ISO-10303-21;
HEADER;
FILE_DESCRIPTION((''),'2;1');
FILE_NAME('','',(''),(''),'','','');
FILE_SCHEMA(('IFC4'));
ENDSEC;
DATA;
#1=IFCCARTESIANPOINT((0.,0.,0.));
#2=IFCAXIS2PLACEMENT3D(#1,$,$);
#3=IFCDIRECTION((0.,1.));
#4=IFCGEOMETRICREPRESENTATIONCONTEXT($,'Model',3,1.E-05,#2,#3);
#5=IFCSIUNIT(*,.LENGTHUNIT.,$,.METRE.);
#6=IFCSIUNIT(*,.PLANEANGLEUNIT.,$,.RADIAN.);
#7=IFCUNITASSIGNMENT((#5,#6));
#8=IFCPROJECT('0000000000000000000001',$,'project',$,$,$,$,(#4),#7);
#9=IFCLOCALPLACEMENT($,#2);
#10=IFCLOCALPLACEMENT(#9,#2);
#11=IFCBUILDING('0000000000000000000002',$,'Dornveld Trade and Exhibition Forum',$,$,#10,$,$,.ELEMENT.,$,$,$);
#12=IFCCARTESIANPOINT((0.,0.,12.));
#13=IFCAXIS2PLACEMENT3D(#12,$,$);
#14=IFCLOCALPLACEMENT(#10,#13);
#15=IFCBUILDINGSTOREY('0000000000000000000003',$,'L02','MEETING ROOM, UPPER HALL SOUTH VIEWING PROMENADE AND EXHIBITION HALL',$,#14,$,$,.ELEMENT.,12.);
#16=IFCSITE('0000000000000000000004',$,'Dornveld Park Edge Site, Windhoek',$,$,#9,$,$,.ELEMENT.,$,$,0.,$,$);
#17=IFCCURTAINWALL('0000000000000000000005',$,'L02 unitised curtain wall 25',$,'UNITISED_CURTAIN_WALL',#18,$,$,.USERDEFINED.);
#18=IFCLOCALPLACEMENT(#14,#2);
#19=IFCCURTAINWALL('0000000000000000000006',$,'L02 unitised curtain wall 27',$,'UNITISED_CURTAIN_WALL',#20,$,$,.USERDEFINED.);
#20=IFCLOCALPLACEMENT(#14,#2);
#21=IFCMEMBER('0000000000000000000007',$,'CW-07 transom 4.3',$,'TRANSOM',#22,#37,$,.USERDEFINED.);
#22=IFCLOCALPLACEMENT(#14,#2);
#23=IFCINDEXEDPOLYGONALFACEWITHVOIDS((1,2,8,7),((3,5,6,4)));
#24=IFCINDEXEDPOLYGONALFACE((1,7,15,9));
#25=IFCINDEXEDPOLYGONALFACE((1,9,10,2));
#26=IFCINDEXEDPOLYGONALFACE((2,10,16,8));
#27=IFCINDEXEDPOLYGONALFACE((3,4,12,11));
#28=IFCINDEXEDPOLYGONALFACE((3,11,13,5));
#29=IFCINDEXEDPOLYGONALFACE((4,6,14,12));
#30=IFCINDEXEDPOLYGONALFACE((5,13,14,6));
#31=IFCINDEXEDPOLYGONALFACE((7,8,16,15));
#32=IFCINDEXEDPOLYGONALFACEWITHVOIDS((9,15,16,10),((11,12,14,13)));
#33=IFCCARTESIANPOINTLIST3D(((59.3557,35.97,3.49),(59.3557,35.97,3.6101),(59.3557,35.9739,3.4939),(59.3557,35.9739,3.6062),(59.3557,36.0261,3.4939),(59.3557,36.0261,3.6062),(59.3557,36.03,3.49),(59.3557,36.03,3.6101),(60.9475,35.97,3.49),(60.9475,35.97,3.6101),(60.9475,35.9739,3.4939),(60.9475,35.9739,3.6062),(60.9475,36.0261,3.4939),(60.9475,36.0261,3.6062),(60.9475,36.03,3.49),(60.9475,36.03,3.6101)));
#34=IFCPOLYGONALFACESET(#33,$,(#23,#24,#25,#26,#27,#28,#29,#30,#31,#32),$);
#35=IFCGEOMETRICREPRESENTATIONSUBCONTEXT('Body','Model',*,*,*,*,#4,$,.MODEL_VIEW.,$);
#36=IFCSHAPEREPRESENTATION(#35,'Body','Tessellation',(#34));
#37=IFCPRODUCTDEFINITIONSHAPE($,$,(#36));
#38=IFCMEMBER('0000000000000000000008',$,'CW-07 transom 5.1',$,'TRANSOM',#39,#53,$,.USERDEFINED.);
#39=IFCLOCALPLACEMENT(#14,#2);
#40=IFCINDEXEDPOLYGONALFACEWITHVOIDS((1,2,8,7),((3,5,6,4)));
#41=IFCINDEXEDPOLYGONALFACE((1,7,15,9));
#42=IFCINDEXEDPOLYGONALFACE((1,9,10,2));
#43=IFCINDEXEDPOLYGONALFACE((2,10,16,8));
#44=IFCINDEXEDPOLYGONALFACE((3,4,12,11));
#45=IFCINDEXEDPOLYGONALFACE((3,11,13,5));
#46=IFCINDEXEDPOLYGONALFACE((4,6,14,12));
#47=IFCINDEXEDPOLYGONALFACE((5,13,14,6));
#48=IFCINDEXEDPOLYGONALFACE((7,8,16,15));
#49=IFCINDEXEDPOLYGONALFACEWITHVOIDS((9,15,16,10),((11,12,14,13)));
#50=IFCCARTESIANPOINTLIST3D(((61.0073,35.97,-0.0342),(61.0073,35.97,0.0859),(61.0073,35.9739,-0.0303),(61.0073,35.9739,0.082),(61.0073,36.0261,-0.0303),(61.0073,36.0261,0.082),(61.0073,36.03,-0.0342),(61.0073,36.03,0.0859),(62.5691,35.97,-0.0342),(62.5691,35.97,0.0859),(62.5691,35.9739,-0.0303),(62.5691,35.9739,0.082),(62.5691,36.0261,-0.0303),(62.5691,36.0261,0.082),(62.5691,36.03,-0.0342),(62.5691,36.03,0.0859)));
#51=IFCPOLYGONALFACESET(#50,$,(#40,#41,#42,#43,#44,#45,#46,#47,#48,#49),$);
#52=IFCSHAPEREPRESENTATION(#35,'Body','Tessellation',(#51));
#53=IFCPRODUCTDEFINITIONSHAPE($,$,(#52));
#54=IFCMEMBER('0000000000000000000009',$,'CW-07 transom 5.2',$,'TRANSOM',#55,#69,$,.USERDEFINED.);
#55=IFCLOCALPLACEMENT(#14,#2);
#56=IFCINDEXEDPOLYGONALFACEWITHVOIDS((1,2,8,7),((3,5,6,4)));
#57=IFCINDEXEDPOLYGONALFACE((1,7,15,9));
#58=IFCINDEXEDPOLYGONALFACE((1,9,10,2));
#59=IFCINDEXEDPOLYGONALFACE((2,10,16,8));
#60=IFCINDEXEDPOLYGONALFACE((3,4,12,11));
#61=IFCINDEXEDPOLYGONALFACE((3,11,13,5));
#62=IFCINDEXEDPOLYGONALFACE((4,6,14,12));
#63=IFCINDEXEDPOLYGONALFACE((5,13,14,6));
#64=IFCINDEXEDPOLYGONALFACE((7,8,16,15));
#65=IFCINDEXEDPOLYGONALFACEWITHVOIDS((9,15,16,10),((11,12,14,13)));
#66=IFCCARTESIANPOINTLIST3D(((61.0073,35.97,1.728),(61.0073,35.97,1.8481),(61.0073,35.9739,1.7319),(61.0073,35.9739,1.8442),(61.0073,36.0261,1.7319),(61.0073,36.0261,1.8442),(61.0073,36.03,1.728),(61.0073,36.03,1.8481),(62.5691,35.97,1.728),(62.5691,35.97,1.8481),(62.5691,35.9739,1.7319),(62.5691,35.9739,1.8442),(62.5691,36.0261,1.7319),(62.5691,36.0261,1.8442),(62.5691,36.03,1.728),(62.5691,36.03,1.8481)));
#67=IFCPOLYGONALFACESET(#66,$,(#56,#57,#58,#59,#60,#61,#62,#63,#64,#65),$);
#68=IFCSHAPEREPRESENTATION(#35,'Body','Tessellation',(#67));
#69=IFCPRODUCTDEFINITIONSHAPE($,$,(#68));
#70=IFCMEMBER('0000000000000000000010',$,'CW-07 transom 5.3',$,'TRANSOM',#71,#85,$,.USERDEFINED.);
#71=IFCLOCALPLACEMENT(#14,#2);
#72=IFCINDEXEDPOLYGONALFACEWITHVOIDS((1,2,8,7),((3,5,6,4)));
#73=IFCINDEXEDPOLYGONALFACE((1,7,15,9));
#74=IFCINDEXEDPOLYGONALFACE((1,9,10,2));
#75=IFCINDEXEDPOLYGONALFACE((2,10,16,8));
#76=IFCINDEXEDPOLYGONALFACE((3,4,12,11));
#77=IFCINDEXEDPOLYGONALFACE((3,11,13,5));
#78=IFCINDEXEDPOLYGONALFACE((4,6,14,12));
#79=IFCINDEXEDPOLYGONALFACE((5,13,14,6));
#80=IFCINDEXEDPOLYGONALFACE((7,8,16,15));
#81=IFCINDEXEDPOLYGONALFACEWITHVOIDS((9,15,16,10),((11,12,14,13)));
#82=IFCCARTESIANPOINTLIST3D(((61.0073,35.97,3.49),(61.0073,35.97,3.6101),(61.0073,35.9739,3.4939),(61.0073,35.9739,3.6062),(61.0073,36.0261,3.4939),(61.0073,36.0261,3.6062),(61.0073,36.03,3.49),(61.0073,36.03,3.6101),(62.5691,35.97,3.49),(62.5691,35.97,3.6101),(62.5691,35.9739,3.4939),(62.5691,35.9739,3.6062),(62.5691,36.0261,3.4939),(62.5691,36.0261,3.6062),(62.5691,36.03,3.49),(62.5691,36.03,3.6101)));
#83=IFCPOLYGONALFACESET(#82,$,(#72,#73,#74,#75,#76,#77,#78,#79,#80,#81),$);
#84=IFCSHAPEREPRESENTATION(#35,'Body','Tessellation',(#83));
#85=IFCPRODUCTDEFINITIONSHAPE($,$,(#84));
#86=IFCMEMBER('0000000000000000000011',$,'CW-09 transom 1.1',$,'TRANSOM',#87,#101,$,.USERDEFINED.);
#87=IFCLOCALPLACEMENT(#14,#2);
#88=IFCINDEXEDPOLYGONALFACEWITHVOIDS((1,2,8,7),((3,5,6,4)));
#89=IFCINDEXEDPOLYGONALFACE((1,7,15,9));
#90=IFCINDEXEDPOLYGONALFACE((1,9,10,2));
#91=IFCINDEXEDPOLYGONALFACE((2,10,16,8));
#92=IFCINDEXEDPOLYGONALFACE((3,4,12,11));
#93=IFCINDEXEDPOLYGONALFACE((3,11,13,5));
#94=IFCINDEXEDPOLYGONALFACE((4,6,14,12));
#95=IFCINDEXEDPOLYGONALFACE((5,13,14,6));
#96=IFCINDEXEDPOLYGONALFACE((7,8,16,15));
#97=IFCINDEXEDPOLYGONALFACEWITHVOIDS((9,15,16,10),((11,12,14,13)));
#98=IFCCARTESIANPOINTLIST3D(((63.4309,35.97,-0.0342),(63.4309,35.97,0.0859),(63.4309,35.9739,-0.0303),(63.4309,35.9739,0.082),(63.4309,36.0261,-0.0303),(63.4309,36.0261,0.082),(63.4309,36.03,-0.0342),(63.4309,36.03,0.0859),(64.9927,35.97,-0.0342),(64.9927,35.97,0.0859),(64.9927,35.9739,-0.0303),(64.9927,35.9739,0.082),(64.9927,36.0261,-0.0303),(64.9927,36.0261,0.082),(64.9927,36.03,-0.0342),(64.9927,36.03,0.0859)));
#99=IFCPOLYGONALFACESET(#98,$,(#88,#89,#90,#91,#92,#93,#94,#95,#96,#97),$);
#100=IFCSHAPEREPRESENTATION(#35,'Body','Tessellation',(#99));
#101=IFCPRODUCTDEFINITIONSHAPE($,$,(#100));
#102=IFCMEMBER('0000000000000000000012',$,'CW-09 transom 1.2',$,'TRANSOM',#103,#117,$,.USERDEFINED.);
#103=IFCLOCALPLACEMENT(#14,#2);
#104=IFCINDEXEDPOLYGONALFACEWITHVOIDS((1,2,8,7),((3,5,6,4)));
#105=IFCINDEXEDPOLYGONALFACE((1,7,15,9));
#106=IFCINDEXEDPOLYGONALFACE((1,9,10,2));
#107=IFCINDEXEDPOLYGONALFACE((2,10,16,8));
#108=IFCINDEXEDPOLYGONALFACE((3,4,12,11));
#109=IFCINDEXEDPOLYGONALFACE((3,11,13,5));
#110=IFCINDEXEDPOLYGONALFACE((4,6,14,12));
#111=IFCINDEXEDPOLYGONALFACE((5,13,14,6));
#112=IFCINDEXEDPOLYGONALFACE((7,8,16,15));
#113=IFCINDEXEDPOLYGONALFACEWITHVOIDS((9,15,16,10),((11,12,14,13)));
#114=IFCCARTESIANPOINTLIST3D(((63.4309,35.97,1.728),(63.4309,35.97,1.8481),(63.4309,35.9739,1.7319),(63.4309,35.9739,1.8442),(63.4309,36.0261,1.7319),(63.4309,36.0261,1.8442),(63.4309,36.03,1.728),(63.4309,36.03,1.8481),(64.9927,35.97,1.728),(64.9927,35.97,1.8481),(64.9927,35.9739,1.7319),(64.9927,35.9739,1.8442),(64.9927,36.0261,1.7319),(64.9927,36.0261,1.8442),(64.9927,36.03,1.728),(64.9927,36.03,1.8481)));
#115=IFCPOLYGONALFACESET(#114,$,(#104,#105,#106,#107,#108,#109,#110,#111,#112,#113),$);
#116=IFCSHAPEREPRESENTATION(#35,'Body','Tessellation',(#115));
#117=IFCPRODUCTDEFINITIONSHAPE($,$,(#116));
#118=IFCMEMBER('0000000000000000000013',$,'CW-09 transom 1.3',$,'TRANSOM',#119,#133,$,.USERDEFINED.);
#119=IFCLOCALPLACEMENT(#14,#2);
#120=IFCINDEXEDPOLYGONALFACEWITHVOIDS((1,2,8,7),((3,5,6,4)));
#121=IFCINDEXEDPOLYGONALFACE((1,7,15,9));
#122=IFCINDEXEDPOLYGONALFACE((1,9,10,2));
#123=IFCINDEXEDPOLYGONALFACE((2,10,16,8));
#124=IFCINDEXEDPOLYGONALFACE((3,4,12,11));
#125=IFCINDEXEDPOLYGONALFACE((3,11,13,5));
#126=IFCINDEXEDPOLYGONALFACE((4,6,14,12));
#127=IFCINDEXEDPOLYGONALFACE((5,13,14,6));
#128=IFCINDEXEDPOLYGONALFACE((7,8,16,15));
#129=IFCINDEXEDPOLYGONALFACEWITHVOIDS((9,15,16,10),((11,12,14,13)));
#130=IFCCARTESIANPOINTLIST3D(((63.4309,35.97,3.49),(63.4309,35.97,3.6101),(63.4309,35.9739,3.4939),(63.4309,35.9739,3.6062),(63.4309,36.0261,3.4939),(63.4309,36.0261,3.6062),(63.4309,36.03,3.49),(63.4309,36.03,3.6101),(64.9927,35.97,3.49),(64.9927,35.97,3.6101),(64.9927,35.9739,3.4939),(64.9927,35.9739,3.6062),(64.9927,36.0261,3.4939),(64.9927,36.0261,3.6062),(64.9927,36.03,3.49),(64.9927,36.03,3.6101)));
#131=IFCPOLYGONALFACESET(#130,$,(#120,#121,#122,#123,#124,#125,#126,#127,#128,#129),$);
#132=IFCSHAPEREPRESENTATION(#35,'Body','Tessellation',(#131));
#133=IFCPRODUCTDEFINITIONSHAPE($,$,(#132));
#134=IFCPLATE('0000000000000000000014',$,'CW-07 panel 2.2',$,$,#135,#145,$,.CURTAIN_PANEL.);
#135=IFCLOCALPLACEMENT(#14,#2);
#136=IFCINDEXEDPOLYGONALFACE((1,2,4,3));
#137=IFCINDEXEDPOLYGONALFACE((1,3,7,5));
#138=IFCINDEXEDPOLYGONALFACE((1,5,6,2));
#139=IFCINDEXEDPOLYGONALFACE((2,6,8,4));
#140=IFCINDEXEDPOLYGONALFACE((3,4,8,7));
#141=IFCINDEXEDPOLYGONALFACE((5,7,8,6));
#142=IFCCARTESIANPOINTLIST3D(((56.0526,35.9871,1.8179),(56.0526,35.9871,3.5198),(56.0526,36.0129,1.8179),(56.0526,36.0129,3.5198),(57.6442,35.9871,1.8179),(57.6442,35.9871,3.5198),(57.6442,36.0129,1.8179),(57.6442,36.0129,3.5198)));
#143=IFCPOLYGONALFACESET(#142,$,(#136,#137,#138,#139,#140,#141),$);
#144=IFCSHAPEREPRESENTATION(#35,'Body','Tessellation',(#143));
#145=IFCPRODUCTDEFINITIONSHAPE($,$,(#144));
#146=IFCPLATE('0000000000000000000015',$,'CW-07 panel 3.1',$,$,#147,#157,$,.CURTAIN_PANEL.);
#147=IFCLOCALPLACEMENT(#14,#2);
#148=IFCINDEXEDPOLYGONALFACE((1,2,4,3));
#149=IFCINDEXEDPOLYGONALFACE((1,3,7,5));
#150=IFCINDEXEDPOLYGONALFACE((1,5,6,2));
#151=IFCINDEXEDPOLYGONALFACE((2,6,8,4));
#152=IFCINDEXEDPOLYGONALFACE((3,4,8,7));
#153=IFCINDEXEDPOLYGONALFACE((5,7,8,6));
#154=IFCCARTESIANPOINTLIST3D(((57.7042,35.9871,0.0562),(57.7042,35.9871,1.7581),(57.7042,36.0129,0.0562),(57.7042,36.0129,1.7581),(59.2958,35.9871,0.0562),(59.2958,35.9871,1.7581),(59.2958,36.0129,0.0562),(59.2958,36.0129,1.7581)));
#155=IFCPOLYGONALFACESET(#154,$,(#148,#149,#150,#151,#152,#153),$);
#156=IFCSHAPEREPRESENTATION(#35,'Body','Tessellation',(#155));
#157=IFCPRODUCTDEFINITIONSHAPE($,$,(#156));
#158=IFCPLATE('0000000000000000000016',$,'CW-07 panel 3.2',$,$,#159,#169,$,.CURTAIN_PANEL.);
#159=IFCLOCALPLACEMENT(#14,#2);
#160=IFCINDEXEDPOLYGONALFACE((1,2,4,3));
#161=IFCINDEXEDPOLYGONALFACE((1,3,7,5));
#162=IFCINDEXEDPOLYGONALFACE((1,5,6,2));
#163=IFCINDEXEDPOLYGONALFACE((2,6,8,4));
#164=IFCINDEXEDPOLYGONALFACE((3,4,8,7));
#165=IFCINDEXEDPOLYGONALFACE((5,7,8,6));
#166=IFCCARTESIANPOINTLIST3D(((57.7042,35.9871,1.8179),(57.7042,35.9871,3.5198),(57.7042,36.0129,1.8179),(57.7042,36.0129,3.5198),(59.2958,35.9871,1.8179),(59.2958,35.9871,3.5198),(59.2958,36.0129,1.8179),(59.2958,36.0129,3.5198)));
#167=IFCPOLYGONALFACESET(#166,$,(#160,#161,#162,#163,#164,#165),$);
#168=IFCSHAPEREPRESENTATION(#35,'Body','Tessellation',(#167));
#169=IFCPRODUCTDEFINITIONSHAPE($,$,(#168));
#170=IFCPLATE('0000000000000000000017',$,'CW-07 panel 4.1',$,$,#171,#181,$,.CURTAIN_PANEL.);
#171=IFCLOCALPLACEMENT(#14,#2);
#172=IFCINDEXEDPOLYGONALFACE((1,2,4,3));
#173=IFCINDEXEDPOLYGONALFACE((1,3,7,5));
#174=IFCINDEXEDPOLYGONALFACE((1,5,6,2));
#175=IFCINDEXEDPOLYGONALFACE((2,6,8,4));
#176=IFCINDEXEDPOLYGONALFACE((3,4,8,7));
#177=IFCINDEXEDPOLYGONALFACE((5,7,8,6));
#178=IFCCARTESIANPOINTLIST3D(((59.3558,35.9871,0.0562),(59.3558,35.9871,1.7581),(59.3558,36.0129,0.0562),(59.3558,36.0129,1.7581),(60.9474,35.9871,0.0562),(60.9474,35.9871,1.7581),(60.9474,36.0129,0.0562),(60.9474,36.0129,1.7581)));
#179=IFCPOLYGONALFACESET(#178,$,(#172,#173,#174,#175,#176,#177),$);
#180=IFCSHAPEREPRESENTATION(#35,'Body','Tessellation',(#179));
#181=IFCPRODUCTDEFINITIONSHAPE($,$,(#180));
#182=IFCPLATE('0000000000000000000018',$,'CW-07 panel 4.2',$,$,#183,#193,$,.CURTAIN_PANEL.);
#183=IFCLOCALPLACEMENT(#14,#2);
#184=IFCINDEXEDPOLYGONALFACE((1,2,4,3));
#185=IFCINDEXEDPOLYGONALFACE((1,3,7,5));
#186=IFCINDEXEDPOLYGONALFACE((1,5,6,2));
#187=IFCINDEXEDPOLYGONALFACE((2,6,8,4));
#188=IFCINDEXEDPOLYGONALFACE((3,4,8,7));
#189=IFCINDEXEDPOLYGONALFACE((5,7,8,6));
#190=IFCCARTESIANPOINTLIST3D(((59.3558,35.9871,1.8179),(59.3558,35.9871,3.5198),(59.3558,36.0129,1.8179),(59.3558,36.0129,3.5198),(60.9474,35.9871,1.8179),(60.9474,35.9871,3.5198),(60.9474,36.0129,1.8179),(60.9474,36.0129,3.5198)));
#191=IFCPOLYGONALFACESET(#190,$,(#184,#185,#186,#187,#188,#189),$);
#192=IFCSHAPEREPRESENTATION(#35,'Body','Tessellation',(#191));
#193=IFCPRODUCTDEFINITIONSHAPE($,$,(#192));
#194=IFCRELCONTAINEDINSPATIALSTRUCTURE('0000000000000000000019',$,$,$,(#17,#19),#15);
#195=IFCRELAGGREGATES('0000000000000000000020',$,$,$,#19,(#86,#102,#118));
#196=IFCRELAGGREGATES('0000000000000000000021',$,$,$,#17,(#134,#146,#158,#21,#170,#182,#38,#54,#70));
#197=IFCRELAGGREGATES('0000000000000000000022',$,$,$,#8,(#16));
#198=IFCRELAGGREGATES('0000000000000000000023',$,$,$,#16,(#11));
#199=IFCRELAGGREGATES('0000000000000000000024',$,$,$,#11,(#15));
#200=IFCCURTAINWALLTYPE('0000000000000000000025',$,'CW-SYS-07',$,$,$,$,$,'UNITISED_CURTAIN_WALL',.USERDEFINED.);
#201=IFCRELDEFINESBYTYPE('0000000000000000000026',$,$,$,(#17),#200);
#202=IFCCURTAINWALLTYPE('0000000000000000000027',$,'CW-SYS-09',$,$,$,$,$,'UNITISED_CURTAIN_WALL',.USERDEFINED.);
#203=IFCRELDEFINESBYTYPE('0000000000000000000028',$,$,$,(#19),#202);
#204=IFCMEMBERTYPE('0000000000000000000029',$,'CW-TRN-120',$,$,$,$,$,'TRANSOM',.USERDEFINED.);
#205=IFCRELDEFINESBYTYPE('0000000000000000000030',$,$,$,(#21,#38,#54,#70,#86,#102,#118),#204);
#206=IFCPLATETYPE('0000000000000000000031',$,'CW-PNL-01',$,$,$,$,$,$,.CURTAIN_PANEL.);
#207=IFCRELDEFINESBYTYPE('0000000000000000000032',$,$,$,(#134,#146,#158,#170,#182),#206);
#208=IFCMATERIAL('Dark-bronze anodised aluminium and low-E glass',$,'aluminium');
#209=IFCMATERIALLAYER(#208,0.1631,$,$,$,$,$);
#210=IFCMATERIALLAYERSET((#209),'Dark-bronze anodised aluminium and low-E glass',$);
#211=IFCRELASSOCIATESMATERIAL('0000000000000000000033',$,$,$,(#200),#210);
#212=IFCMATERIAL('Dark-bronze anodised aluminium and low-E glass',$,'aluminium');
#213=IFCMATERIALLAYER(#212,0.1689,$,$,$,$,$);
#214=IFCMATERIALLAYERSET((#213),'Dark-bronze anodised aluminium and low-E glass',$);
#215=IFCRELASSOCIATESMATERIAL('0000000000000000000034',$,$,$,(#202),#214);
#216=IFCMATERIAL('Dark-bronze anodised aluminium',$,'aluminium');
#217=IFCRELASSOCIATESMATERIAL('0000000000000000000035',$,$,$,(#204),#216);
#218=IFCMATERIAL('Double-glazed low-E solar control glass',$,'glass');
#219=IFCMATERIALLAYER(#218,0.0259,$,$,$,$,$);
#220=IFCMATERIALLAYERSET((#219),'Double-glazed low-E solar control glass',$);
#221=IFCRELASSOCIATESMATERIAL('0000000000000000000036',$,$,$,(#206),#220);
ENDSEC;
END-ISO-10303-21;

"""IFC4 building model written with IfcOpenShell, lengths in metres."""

from ifc_helpers import new_model, si_unit, direction, frame, origin, origin_2d, place, context, subcontext, project, spatial, rectangle, hollow_rectangle, extrude, material, layer, layer_set, material_profile, profile_set, type_object, element, aggregate, save


model = new_model("IFC4")

# Units and contexts
model_context = context("Model", 3, precision=1e-05, world=origin(), true_north=direction((0.0, 1.0)))
body_context = subcontext(model_context, "Body", "Model", "MODEL_VIEW")
ifc_project = project(units=[si_unit("LENGTHUNIT", "METRE"), si_unit("PLANEANGLEUNIT", "RADIAN")], contexts=[model_context])

# Site, building, storey
site_placement = place(None, origin())
site = spatial("IfcSite", under=ifc_project, at=site_placement, Name="Dornveld Park Edge Site, Windhoek", CompositionType="ELEMENT", RefElevation=0.0)
building_placement = place(site_placement, origin())
building = spatial("IfcBuilding", under=site, at=building_placement, Name="Dornveld Trade and Exhibition Forum", CompositionType="ELEMENT")
storey_placement = place(building_placement, frame((0.0, 0.0, 12.0)))
storey = spatial("IfcBuildingStorey", under=building, at=storey_placement, Name="L02", Description="MEETING ROOM, UPPER HALL SOUTH VIEWING PROMENADE AND EXHIBITION HALL", CompositionType="ELEMENT", Elevation=12.0)

# Curtain wall
ifc_material_1 = material(Name="Dark-bronze anodised aluminium and low-E glass", Category="aluminium")
ifc_layer_1 = layer(ifc_material_1, 0.1631)
ifc_layer_set_1 = layer_set([ifc_layer_1], Name="Dark-bronze anodised aluminium and low-E glass")
curtain_wall_type_1 = type_object("IfcCurtainWallType", Name="CW-SYS-07", ElementType="UNITISED_CURTAIN_WALL", PredefinedType="USERDEFINED", material=ifc_layer_set_1)
curtain_wall_1_placement = place(storey_placement, origin())
curtain_wall_1 = element("IfcCurtainWall", 1, at=curtain_wall_1_placement, inside=storey, type_object=curtain_wall_type_1, Name="L02 unitised curtain wall 25", ObjectType="UNITISED_CURTAIN_WALL", PredefinedType="USERDEFINED")

# Curtain wall
ifc_material_2 = material(Name="Dark-bronze anodised aluminium and low-E glass", Category="aluminium")
ifc_layer_2 = layer(ifc_material_2, 0.1689)
ifc_layer_set_2 = layer_set([ifc_layer_2], Name="Dark-bronze anodised aluminium and low-E glass")
curtain_wall_type_2 = type_object("IfcCurtainWallType", Name="CW-SYS-09", ElementType="UNITISED_CURTAIN_WALL", PredefinedType="USERDEFINED", material=ifc_layer_set_2)
curtain_wall_2_placement = place(storey_placement, origin())
curtain_wall_2 = element("IfcCurtainWall", 2, at=curtain_wall_2_placement, inside=storey, type_object=curtain_wall_type_2, Name="L02 unitised curtain wall 27", ObjectType="UNITISED_CURTAIN_WALL", PredefinedType="USERDEFINED")

# Members
ifc_material_3 = material(Name="Dark-bronze anodised aluminium", Category="aluminium")
ifc_material_profile_1 = material_profile(ifc_material_3, hollow_rectangle(XDim=0.0601, YDim=0.1201, WallThickness=0.0039, at=origin_2d()), Name="RHS 120x60x4")
ifc_profile_set_1 = profile_set([ifc_material_profile_1], Name="Dark-bronze anodised aluminium")
member_type_1 = type_object("IfcMemberType", Name="CW-TRN-120", ElementType="TRANSOM", PredefinedType="USERDEFINED", material=ifc_profile_set_1)
member_1_placement = place(storey_placement, frame((59.3557, 36.0, 3.55), z_axis=(1.0, 0.0, 0.0), x_axis=(0.0, 1.0, 0.0)))
member_1 = element("IfcMember", 3, at=member_1_placement, type_object=member_type_1, Name="CW-07 transom 4.3", ObjectType="TRANSOM", PredefinedType="USERDEFINED", context=body_context, shape_type="SweptSolid", body=[
    extrude(hollow_rectangle(XDim=0.0601, YDim=0.1201, WallThickness=0.0039, at=origin_2d()), origin(), (0.0, 0.0, 1.0), 1.5918),
])
member_2_placement = place(storey_placement, frame((61.0073, 36.0, 0.0259), z_axis=(1.0, 0.0, 0.0), x_axis=(0.0, 1.0, 0.0)))
member_2 = element("IfcMember", 4, at=member_2_placement, type_object=member_type_1, Name="CW-07 transom 5.1", ObjectType="TRANSOM", PredefinedType="USERDEFINED", context=body_context, shape_type="SweptSolid", body=[
    extrude(hollow_rectangle(XDim=0.0601, YDim=0.1201, WallThickness=0.0039, at=origin_2d()), origin(), (0.0, 0.0, 1.0), 1.5618),
])
member_3_placement = place(storey_placement, frame((61.0073, 36.0, 1.7881), z_axis=(1.0, 0.0, 0.0), x_axis=(0.0, 1.0, 0.0)))
member_3 = element("IfcMember", 5, at=member_3_placement, type_object=member_type_1, Name="CW-07 transom 5.2", ObjectType="TRANSOM", PredefinedType="USERDEFINED", context=body_context, shape_type="SweptSolid", body=[
    extrude(hollow_rectangle(XDim=0.0601, YDim=0.1201, WallThickness=0.0039, at=origin_2d()), origin(), (0.0, 0.0, 1.0), 1.5618),
])
member_4_placement = place(storey_placement, frame((61.0073, 36.0, 3.55), z_axis=(1.0, 0.0, 0.0), x_axis=(0.0, 1.0, 0.0)))
member_4 = element("IfcMember", 6, at=member_4_placement, type_object=member_type_1, Name="CW-07 transom 5.3", ObjectType="TRANSOM", PredefinedType="USERDEFINED", context=body_context, shape_type="SweptSolid", body=[
    extrude(hollow_rectangle(XDim=0.0601, YDim=0.1201, WallThickness=0.0039, at=origin_2d()), origin(), (0.0, 0.0, 1.0), 1.5618),
])
member_5_placement = place(storey_placement, frame((63.4309, 36.0, 0.0259), z_axis=(1.0, 0.0, 0.0), x_axis=(0.0, 1.0, 0.0)))
member_5 = element("IfcMember", 7, at=member_5_placement, type_object=member_type_1, Name="CW-09 transom 1.1", ObjectType="TRANSOM", PredefinedType="USERDEFINED", context=body_context, shape_type="SweptSolid", body=[
    extrude(hollow_rectangle(XDim=0.0601, YDim=0.1201, WallThickness=0.0039, at=origin_2d()), origin(), (0.0, 0.0, 1.0), 1.5618),
])
member_6_placement = place(storey_placement, frame((63.4309, 36.0, 1.7881), z_axis=(1.0, 0.0, 0.0), x_axis=(0.0, 1.0, 0.0)))
member_6 = element("IfcMember", 8, at=member_6_placement, type_object=member_type_1, Name="CW-09 transom 1.2", ObjectType="TRANSOM", PredefinedType="USERDEFINED", context=body_context, shape_type="SweptSolid", body=[
    extrude(hollow_rectangle(XDim=0.0601, YDim=0.1201, WallThickness=0.0039, at=origin_2d()), origin(), (0.0, 0.0, 1.0), 1.5618),
])
member_7_placement = place(storey_placement, frame((63.4309, 36.0, 3.55), z_axis=(1.0, 0.0, 0.0), x_axis=(0.0, 1.0, 0.0)))
member_7 = element("IfcMember", 9, at=member_7_placement, type_object=member_type_1, Name="CW-09 transom 1.3", ObjectType="TRANSOM", PredefinedType="USERDEFINED", context=body_context, shape_type="SweptSolid", body=[
    extrude(hollow_rectangle(XDim=0.0601, YDim=0.1201, WallThickness=0.0039, at=origin_2d()), origin(), (0.0, 0.0, 1.0), 1.5618),
])
aggregate(curtain_wall_2, [member_5, member_6, member_7])

# Plates
ifc_material_4 = material(Name="Double-glazed low-E solar control glass", Category="glass")
ifc_layer_3 = layer(ifc_material_4, 0.0259)
ifc_layer_set_3 = layer_set([ifc_layer_3], Name="Double-glazed low-E solar control glass")
plate_type = type_object("IfcPlateType", Name="CW-PNL-01", PredefinedType="CURTAIN_PANEL", material=ifc_layer_set_3)
plate_1_placement = place(storey_placement, frame((56.8484, 36.0, 1.8179), z_axis=(0.0, 0.0, 1.0), x_axis=(1.0, 0.0, 0.0)))
plate_1 = element("IfcPlate", 10, at=plate_1_placement, type_object=plate_type, Name="CW-07 panel 2.2", PredefinedType="CURTAIN_PANEL", context=body_context, shape_type="SweptSolid", body=[
    extrude(rectangle(XDim=1.5916, YDim=0.0259, at=origin_2d()), origin(), (0.0, 0.0, 1.0), 1.7019),
])
plate_2_placement = place(storey_placement, frame((58.5, 36.0, 0.0562), z_axis=(0.0, 0.0, 1.0), x_axis=(1.0, 0.0, 0.0)))
plate_2 = element("IfcPlate", 11, at=plate_2_placement, type_object=plate_type, Name="CW-07 panel 3.1", PredefinedType="CURTAIN_PANEL", context=body_context, shape_type="SweptSolid", body=[
    extrude(rectangle(XDim=1.5916, YDim=0.0259, at=origin_2d()), origin(), (0.0, 0.0, 1.0), 1.7019),
])
plate_3_placement = place(storey_placement, frame((58.5, 36.0, 1.8179), z_axis=(0.0, 0.0, 1.0), x_axis=(1.0, 0.0, 0.0)))
plate_3 = element("IfcPlate", 12, at=plate_3_placement, type_object=plate_type, Name="CW-07 panel 3.2", PredefinedType="CURTAIN_PANEL", context=body_context, shape_type="SweptSolid", body=[
    extrude(rectangle(XDim=1.5916, YDim=0.0259, at=origin_2d()), origin(), (0.0, 0.0, 1.0), 1.7019),
])
plate_4_placement = place(storey_placement, frame((60.1516, 36.0, 0.0562), z_axis=(0.0, 0.0, 1.0), x_axis=(1.0, 0.0, 0.0)))
plate_4 = element("IfcPlate", 13, at=plate_4_placement, type_object=plate_type, Name="CW-07 panel 4.1", PredefinedType="CURTAIN_PANEL", context=body_context, shape_type="SweptSolid", body=[
    extrude(rectangle(XDim=1.5916, YDim=0.0259, at=origin_2d()), origin(), (0.0, 0.0, 1.0), 1.7019),
])
plate_5_placement = place(storey_placement, frame((60.1516, 36.0, 1.8179), z_axis=(0.0, 0.0, 1.0), x_axis=(1.0, 0.0, 0.0)))
plate_5 = element("IfcPlate", 14, at=plate_5_placement, type_object=plate_type, Name="CW-07 panel 4.2", PredefinedType="CURTAIN_PANEL", context=body_context, shape_type="SweptSolid", body=[
    extrude(rectangle(XDim=1.5916, YDim=0.0259, at=origin_2d()), origin(), (0.0, 0.0, 1.0), 1.7019),
])
aggregate(curtain_wall_1, [plate_1, plate_2, plate_3, member_1, plate_4, plate_5, member_2, member_3, member_4])

save(model, "model.ifc")
